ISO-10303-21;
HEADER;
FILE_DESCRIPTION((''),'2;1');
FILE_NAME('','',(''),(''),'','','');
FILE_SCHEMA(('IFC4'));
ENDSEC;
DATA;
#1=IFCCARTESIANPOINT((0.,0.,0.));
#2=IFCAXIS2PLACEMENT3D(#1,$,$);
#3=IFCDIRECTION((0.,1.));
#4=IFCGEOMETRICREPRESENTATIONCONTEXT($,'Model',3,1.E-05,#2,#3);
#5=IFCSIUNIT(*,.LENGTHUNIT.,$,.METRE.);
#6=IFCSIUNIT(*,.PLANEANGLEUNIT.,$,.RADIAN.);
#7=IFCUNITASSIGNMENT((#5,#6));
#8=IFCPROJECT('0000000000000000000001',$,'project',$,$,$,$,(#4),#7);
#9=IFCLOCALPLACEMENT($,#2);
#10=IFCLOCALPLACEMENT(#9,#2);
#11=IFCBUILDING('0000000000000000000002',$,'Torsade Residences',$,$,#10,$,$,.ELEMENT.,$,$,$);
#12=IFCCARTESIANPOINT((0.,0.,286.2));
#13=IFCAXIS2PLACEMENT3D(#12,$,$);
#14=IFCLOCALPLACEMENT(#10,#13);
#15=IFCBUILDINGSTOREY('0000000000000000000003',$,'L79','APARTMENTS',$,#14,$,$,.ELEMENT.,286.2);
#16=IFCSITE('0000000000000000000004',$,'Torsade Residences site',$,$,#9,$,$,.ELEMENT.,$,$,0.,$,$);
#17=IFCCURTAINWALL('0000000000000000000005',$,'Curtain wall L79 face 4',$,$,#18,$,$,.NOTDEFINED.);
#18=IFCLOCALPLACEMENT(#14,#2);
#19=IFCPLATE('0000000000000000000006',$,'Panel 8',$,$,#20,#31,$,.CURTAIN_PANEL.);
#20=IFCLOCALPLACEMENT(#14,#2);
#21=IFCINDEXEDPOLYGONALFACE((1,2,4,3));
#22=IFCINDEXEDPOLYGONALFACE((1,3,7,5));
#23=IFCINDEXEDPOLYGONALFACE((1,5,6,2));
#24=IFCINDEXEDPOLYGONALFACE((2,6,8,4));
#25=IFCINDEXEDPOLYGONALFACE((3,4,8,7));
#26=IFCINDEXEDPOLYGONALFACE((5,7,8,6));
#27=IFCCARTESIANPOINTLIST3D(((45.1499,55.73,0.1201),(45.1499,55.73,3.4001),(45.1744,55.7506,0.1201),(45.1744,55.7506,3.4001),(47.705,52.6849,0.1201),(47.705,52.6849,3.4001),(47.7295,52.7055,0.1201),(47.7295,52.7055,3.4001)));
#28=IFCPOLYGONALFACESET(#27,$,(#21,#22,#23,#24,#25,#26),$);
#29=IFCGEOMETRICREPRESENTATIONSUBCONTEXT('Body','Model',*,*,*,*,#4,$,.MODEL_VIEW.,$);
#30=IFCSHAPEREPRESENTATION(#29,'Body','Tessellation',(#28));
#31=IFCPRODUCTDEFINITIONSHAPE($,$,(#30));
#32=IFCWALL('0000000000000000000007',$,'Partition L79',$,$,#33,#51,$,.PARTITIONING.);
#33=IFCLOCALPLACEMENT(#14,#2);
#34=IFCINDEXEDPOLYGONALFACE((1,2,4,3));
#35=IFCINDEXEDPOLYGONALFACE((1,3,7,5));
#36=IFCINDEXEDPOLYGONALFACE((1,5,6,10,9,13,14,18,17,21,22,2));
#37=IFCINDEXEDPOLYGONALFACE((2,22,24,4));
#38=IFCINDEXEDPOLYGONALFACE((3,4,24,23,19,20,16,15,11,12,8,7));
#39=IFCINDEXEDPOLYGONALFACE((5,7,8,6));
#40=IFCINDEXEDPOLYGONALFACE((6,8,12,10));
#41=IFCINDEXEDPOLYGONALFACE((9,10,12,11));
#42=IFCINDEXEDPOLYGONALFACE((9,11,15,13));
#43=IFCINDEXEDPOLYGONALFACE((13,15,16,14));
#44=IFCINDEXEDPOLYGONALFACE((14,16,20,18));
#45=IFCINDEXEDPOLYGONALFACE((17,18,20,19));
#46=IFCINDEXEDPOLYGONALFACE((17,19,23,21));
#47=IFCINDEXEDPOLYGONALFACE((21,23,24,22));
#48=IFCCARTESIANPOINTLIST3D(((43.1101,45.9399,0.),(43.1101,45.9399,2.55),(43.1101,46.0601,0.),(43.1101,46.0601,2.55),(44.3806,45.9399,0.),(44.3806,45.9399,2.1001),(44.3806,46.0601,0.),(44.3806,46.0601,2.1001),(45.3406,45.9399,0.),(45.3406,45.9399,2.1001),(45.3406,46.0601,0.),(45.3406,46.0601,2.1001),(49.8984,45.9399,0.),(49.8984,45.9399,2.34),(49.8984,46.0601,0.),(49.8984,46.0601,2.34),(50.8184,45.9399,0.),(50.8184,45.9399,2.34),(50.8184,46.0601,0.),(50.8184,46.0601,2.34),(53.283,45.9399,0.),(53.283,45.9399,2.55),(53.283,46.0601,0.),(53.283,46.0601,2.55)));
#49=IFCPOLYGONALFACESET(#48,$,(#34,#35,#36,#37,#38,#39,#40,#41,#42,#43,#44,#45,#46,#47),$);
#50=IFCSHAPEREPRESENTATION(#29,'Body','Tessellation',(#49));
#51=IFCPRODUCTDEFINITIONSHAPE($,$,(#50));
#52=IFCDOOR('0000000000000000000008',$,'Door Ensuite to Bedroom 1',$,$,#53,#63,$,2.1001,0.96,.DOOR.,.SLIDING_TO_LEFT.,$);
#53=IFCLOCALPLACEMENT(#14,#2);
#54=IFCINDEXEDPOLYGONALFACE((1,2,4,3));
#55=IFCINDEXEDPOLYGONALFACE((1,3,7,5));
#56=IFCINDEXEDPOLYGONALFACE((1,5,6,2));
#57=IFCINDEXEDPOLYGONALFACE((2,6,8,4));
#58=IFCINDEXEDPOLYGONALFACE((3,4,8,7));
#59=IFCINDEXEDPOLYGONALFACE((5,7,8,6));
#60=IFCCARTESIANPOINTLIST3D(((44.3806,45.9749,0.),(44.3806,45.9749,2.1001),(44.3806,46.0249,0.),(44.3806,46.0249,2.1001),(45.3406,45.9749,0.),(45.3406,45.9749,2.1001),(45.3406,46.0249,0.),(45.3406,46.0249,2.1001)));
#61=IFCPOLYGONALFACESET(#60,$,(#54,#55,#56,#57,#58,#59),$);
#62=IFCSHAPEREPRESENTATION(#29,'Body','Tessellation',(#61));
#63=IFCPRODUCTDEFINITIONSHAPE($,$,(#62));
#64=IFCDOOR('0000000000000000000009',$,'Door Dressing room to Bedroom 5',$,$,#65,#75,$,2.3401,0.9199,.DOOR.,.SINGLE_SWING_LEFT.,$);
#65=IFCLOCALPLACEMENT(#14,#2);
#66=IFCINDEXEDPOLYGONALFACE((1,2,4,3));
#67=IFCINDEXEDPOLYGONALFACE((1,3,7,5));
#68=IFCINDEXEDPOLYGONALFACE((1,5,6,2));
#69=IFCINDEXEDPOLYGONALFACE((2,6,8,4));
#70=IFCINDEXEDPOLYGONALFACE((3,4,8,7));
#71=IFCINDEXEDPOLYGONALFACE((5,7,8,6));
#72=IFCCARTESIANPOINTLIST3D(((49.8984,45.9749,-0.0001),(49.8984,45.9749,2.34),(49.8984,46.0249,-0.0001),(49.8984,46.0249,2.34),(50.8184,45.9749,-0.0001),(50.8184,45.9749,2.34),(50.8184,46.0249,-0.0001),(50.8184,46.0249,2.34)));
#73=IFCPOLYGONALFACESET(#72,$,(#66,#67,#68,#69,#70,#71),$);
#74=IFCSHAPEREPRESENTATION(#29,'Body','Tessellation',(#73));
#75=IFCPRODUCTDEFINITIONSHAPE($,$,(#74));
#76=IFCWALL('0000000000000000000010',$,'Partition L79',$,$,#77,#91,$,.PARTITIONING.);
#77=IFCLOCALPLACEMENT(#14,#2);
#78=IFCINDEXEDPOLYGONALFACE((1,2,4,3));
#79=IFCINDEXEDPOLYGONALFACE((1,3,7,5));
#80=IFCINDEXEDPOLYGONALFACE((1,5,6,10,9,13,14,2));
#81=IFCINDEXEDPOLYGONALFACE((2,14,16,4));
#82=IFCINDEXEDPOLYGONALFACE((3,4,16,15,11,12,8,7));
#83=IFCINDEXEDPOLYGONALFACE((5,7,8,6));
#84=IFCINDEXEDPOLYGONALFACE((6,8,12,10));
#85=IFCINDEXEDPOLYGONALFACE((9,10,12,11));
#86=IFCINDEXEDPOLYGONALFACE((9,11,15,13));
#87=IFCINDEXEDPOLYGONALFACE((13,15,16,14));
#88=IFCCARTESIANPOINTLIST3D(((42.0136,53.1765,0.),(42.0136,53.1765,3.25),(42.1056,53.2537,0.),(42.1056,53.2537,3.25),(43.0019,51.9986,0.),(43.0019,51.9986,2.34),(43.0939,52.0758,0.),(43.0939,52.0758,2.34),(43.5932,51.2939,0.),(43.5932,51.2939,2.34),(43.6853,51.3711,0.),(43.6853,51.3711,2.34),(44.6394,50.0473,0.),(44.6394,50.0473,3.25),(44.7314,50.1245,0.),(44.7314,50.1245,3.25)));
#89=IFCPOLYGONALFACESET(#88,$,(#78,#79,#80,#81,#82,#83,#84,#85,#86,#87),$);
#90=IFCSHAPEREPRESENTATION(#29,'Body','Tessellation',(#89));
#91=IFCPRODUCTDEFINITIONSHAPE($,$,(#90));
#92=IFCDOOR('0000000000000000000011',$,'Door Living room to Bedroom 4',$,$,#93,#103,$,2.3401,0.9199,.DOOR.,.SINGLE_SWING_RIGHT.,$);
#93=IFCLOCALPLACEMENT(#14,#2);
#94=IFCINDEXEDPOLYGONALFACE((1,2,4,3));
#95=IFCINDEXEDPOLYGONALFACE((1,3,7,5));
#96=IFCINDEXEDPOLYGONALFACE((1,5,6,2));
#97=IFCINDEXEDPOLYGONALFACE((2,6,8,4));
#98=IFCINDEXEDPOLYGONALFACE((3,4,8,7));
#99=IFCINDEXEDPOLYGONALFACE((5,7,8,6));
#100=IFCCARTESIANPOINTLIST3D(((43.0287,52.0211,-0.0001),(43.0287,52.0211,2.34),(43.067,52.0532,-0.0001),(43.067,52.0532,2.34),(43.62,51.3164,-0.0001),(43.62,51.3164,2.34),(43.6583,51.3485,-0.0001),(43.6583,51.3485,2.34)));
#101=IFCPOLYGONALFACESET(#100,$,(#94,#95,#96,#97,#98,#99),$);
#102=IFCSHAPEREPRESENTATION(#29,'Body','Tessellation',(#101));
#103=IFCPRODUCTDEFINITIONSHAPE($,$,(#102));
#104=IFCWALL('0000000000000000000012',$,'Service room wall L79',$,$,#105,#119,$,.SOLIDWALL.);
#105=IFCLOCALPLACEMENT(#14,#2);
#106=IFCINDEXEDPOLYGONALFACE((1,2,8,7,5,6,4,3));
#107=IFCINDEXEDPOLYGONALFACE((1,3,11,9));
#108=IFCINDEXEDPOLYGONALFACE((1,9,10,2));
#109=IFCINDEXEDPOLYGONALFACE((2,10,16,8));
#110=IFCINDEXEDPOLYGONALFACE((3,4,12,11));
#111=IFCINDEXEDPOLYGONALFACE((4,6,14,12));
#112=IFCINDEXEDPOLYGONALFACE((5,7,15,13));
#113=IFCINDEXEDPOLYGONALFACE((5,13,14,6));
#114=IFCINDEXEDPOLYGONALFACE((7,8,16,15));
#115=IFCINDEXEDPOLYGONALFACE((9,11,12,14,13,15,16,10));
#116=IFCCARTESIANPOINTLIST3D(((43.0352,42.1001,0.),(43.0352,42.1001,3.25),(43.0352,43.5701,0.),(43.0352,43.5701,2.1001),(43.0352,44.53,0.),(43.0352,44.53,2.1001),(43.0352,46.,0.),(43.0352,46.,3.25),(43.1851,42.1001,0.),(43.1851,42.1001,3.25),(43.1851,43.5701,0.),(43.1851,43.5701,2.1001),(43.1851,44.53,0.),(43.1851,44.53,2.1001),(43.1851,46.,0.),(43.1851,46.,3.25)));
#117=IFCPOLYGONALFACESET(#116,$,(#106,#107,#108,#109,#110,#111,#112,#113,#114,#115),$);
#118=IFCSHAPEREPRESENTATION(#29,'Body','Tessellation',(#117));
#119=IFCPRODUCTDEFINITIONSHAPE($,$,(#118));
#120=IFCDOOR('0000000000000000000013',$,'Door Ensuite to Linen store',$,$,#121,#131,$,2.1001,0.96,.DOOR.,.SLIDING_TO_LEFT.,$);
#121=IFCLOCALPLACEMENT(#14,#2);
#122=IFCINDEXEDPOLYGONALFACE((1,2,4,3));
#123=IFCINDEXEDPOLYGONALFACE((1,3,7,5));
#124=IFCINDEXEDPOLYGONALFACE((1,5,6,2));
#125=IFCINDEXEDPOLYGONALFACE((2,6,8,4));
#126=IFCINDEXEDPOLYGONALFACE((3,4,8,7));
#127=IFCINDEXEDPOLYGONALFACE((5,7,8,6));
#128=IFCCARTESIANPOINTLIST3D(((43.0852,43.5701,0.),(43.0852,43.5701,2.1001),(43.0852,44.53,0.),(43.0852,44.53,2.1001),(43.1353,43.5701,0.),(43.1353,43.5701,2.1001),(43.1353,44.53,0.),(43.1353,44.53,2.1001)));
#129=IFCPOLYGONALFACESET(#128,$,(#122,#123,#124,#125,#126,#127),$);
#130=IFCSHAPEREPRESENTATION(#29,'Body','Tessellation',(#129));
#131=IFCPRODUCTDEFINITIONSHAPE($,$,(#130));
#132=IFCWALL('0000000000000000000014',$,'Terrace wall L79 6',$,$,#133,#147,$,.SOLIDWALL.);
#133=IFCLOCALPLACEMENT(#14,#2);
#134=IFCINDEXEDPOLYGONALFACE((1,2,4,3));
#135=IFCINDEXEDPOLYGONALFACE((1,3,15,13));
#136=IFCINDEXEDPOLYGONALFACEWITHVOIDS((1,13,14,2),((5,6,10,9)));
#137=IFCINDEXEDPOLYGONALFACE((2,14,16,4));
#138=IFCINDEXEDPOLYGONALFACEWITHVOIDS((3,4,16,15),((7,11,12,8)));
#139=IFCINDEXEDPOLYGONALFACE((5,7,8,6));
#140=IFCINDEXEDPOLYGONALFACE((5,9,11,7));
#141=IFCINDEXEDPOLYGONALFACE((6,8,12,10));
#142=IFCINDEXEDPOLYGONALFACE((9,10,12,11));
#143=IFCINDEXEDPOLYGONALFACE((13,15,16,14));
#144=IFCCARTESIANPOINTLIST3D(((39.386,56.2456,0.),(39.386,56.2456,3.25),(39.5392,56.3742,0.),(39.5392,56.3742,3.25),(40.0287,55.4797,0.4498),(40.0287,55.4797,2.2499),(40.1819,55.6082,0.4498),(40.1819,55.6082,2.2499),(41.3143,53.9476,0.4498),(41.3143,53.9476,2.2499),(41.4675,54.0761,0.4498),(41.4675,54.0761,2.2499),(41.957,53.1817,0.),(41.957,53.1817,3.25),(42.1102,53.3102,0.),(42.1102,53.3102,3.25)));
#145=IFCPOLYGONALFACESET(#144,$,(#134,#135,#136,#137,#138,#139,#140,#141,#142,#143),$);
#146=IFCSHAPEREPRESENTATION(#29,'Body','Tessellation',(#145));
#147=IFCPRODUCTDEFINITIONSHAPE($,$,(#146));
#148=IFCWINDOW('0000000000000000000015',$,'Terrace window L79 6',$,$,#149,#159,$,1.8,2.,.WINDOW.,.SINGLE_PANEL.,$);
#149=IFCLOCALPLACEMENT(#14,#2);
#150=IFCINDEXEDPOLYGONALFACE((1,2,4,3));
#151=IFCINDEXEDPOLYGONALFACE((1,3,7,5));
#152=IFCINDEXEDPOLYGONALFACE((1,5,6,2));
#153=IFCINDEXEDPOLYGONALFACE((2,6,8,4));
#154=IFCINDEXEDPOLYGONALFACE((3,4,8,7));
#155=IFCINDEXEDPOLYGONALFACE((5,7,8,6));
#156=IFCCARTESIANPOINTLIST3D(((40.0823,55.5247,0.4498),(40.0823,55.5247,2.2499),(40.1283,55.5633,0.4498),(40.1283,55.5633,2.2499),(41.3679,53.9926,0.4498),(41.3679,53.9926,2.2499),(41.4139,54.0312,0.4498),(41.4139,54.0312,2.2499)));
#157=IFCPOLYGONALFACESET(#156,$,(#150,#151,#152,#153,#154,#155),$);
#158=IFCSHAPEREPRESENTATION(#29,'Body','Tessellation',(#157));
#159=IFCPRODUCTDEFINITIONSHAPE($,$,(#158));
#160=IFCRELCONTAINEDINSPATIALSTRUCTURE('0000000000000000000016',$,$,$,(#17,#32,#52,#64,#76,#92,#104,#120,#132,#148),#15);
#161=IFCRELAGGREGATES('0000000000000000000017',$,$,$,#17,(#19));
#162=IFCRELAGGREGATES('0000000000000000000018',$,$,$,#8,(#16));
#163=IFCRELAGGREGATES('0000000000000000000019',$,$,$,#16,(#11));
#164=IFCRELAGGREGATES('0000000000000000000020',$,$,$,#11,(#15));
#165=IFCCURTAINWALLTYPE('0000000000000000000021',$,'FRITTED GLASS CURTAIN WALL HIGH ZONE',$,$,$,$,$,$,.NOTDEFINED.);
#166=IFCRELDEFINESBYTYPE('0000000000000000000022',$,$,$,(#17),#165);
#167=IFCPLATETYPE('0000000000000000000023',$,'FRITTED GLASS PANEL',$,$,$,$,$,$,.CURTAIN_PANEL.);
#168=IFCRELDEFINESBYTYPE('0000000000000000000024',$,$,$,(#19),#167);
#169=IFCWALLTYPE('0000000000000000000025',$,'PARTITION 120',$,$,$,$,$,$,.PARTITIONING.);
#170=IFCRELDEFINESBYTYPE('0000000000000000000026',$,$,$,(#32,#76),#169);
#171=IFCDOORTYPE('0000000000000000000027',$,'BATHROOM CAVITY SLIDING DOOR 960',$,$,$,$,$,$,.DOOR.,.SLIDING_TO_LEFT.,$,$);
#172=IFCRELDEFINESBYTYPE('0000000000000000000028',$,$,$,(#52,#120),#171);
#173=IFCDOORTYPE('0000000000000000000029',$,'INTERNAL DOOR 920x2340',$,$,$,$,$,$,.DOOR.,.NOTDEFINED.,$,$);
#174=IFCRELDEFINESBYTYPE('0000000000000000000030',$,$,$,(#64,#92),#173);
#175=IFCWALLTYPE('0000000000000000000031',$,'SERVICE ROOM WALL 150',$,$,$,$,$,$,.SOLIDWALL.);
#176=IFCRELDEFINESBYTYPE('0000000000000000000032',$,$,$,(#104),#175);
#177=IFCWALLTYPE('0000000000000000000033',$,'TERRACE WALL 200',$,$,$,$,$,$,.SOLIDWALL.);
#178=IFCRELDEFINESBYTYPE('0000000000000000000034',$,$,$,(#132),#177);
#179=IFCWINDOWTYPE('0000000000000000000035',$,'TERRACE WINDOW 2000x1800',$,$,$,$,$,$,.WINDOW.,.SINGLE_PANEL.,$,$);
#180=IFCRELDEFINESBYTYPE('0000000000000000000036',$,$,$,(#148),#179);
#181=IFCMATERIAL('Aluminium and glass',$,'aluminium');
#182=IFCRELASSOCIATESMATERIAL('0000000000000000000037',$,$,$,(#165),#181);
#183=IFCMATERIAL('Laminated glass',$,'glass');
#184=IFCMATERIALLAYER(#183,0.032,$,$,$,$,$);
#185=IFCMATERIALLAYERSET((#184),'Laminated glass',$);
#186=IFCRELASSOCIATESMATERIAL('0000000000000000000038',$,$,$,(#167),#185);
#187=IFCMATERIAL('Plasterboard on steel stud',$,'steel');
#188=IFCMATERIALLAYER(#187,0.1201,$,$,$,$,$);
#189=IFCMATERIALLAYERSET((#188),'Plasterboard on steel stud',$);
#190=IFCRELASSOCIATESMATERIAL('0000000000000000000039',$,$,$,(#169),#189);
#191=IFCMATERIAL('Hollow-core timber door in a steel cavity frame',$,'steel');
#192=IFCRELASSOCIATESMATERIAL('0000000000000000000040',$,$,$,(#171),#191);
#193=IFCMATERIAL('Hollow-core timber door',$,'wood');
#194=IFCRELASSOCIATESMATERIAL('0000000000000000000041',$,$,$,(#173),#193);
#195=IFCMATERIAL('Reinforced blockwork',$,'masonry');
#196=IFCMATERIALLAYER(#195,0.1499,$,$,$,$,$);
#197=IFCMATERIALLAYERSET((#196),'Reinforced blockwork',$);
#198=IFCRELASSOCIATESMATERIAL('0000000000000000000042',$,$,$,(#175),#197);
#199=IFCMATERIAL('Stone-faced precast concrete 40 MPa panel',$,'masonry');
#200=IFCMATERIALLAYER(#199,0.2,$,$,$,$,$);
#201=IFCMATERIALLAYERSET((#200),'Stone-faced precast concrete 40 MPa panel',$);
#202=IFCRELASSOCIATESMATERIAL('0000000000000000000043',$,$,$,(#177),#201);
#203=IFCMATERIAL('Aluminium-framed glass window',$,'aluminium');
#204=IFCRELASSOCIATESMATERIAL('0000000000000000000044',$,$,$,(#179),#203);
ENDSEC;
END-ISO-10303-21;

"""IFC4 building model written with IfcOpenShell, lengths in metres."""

from ifc_helpers import new_model, si_unit, direction, frame, frame_2d, origin, origin_2d, place, context, subcontext, project, spatial, rectangle, extrude, material, layer, layer_set, type_object, element, fill, aggregate, save


model = new_model("IFC4")

# Units and contexts
model_context = context("Model", 3, precision=1e-05, world=origin(), true_north=direction((0.0, 1.0)))
body_context = subcontext(model_context, "Body", "Model", "MODEL_VIEW")
ifc_project = project(units=[si_unit("LENGTHUNIT", "METRE"), si_unit("PLANEANGLEUNIT", "RADIAN")], contexts=[model_context])

# Site, building, storey
site_placement = place(None, origin())
site = spatial("IfcSite", under=ifc_project, at=site_placement, Name="Torsade Residences site", CompositionType="ELEMENT", RefElevation=0.0)
building_placement = place(site_placement, origin())
building = spatial("IfcBuilding", under=site, at=building_placement, Name="Torsade Residences", CompositionType="ELEMENT")
storey_placement = place(building_placement, frame((0.0, 0.0, 286.2)))
storey = spatial("IfcBuildingStorey", under=building, at=storey_placement, Name="L79", Description="APARTMENTS", CompositionType="ELEMENT", Elevation=286.2)

# Curtain wall
ifc_material_1 = material(Name="Aluminium and glass", Category="aluminium")
curtain_wall_type = type_object("IfcCurtainWallType", Name="FRITTED GLASS CURTAIN WALL HIGH ZONE", PredefinedType="NOTDEFINED", material=ifc_material_1)
curtain_wall_1_placement = place(storey_placement, origin())
curtain_wall_1 = element("IfcCurtainWall", 1, at=curtain_wall_1_placement, inside=storey, type_object=curtain_wall_type, Name="Curtain wall L79 face 4", PredefinedType="NOTDEFINED")

# Plate
ifc_material_2 = material(Name="Laminated glass", Category="glass")
ifc_layer_1 = layer(ifc_material_2, 0.032)
ifc_layer_set_1 = layer_set([ifc_layer_1], Name="Laminated glass")
plate_type = type_object("IfcPlateType", Name="FRITTED GLASS PANEL", PredefinedType="CURTAIN_PANEL", material=ifc_layer_set_1)
plate_placement = place(storey_placement, frame((46.4397, 54.2178, 0.1201), z_axis=(0.0, 0.0, 1.0), x_axis=(-0.642788, 0.766044, 0.0)))
plate = element("IfcPlate", 2, at=plate_placement, type_object=plate_type, Name="Panel 8", PredefinedType="CURTAIN_PANEL", context=body_context, shape_type="SweptSolid", body=[
    extrude(rectangle(XDim=3.9751, YDim=0.032, at=origin_2d()), origin(), (0.0, 0.0, 1.0), 3.28),
])
aggregate(curtain_wall_1, [plate])

# Wall, openings, doors
ifc_material_3 = material(Name="Plasterboard on steel stud", Category="steel")
ifc_layer_2 = layer(ifc_material_3, 0.1201)
ifc_layer_set_2 = layer_set([ifc_layer_2], Name="Plasterboard on steel stud")
wall_type_1 = type_object("IfcWallType", Name="PARTITION 120", PredefinedType="PARTITIONING", material=ifc_layer_set_2)
wall_1_placement = place(storey_placement, frame((43.1101, 46.0, 0.0), z_axis=(0.0, 0.0, 1.0), x_axis=(1.0, 0.0, 0.0)))
wall_1 = element("IfcWall", 3, at=wall_1_placement, inside=storey, type_object=wall_type_1, Name="Partition L79", PredefinedType="PARTITIONING", context=body_context, shape_type="SweptSolid", body=[
    extrude(rectangle(XDim=10.1729, YDim=0.1201, at=frame_2d((5.0864, 0.0))), origin(), (0.0, 0.0, 1.0), 2.55),
])
opening_1_placement = place(wall_1_placement, frame((6.7883, 0.0, 0.0)))
opening_1 = element("IfcOpeningElement", 4, at=opening_1_placement, cuts=wall_1, PredefinedType="OPENING", context=body_context, shape_type="SweptSolid", body=[
    extrude(rectangle(XDim=0.9199, YDim=2.3401, at=frame_2d((0.46, 1.1699))), frame((0.0, 0.0701, 0.0), z_axis=(0.0, -1.0, 0.0), x_axis=(1.0, 0.0, 0.0)), (0.0, 0.0, 1.0), 0.1401),
])
opening_2_placement = place(wall_1_placement, frame((1.2705, 0.0, 0.0)))
opening_2 = element("IfcOpeningElement", 5, at=opening_2_placement, cuts=wall_1, PredefinedType="OPENING", context=body_context, shape_type="SweptSolid", body=[
    extrude(rectangle(XDim=0.96, YDim=2.1001, at=frame_2d((0.48, 1.05))), frame((0.0, 0.0701, 0.0), z_axis=(0.0, -1.0, 0.0), x_axis=(1.0, 0.0, 0.0)), (0.0, 0.0, 1.0), 0.1401),
])
ifc_material_4 = material(Name="Hollow-core timber door in a steel cavity frame", Category="steel")
door_type_1 = type_object("IfcDoorType", Name="BATHROOM CAVITY SLIDING DOOR 960", OperationType="SLIDING_TO_LEFT", PredefinedType="DOOR", material=ifc_material_4)
door_1_placement = place(opening_2_placement, origin())
door_1 = element("IfcDoor", 6, at=door_1_placement, inside=storey, type_object=door_type_1, Name="Door Ensuite to Bedroom 1", OperationType="SLIDING_TO_LEFT", OverallHeight=2.1001, OverallWidth=0.96, PredefinedType="DOOR", context=body_context, shape_type="SweptSolid", body=[
    extrude(rectangle(XDim=0.96, YDim=2.1001, at=frame_2d((0.48, 1.05))), frame((0.0, 0.0249, 0.0), z_axis=(0.0, -1.0, 0.0), x_axis=(1.0, 0.0, 0.0)), (0.0, 0.0, 1.0), 0.05),
])
fill(opening_2, door_1)
ifc_material_5 = material(Name="Hollow-core timber door", Category="wood")
door_type_2 = type_object("IfcDoorType", Name="INTERNAL DOOR 920x2340", OperationType="NOTDEFINED", PredefinedType="DOOR", material=ifc_material_5)
door_2_placement = place(opening_1_placement, origin())
door_2 = element("IfcDoor", 7, at=door_2_placement, inside=storey, type_object=door_type_2, Name="Door Dressing room to Bedroom 5", OperationType="SINGLE_SWING_LEFT", OverallHeight=2.3401, OverallWidth=0.9199, PredefinedType="DOOR", context=body_context, shape_type="SweptSolid", body=[
    extrude(rectangle(XDim=0.9199, YDim=2.3401, at=frame_2d((0.46, 1.1699))), frame((0.0, 0.0249, 0.0), z_axis=(0.0, -1.0, 0.0), x_axis=(1.0, 0.0, 0.0)), (0.0, 0.0, 1.0), 0.05),
])
fill(opening_1, door_2)

# Walls, openings, doors
wall_2_placement = place(storey_placement, frame((42.0596, 53.2151, 0.0), z_axis=(0.0, 0.0, 1.0), x_axis=(0.642797, -0.766037, 0.0)))
wall_2 = element("IfcWall", 8, at=wall_2_placement, inside=storey, type_object=wall_type_1, Name="Partition L79", PredefinedType="PARTITIONING", context=body_context, shape_type="SweptSolid", body=[
    extrude(rectangle(XDim=4.085, YDim=0.1201, at=frame_2d((2.0425, 0.0))), origin(), (0.0, 0.0, 1.0), 3.25),
])
opening_3_placement = place(wall_2_placement, frame((1.5376, 0.0, 0.0)))
opening_3 = element("IfcOpeningElement", 9, at=opening_3_placement, cuts=wall_2, PredefinedType="OPENING", context=body_context, shape_type="SweptSolid", body=[
    extrude(rectangle(XDim=0.9199, YDim=2.3401, at=frame_2d((0.46, 1.1699))), frame((0.0, 0.0701, 0.0), z_axis=(0.0, -1.0, 0.0), x_axis=(1.0, 0.0, 0.0)), (0.0, 0.0, 1.0), 0.1401),
])
door_3_placement = place(opening_3_placement, origin())
door_3 = element("IfcDoor", 10, at=door_3_placement, inside=storey, type_object=door_type_2, Name="Door Living room to Bedroom 4", OperationType="SINGLE_SWING_RIGHT", OverallHeight=2.3401, OverallWidth=0.9199, PredefinedType="DOOR", context=body_context, shape_type="SweptSolid", body=[
    extrude(rectangle(XDim=0.9199, YDim=2.3401, at=frame_2d((0.46, 1.1699))), frame((0.0, 0.0249, 0.0), z_axis=(0.0, -1.0, 0.0), x_axis=(1.0, 0.0, 0.0)), (0.0, 0.0, 1.0), 0.05),
])
fill(opening_3, door_3)
ifc_material_6 = material(Name="Reinforced blockwork", Category="masonry")
ifc_layer_3 = layer(ifc_material_6, 0.1499)
ifc_layer_set_3 = layer_set([ifc_layer_3], Name="Reinforced blockwork")
wall_type_2 = type_object("IfcWallType", Name="SERVICE ROOM WALL 150", PredefinedType="SOLIDWALL", material=ifc_layer_set_3)
wall_3_placement = place(storey_placement, frame((43.1101, 42.1001, 0.0), z_axis=(0.0, 0.0, 1.0), x_axis=(0.0, 1.0, 0.0)))
wall_3 = element("IfcWall", 11, at=wall_3_placement, inside=storey, type_object=wall_type_2, Name="Service room wall L79", PredefinedType="SOLIDWALL", context=body_context, shape_type="SweptSolid", body=[
    extrude(rectangle(XDim=3.8999, YDim=0.1499, at=frame_2d((1.95, 0.0))), origin(), (0.0, 0.0, 1.0), 3.25),
])
opening_4_placement = place(wall_3_placement, frame((1.47, 0.0, 0.0)))
opening_4 = element("IfcOpeningElement", 12, at=opening_4_placement, cuts=wall_3, PredefinedType="OPENING", context=body_context, shape_type="SweptSolid", body=[
    extrude(rectangle(XDim=0.96, YDim=2.1001, at=frame_2d((0.48, 1.05))), frame((0.0, 0.085, 0.0), z_axis=(0.0, -1.0, 0.0), x_axis=(1.0, 0.0, 0.0)), (0.0, 0.0, 1.0), 0.1699),
])
door_4_placement = place(opening_4_placement, origin())
door_4 = element("IfcDoor", 13, at=door_4_placement, inside=storey, type_object=door_type_1, Name="Door Ensuite to Linen store", OperationType="SLIDING_TO_LEFT", OverallHeight=2.1001, OverallWidth=0.96, PredefinedType="DOOR", context=body_context, shape_type="SweptSolid", body=[
    extrude(rectangle(XDim=0.96, YDim=2.1001, at=frame_2d((0.48, 1.05))), frame((0.0, 0.0249, 0.0), z_axis=(0.0, -1.0, 0.0), x_axis=(1.0, 0.0, 0.0)), (0.0, 0.0, 1.0), 0.05),
])
fill(opening_4, door_4)
ifc_material_7 = material(Name="Stone-faced precast concrete 40 MPa panel", Category="masonry")
ifc_layer_4 = layer(ifc_material_7, 0.2)
ifc_layer_set_4 = layer_set([ifc_layer_4], Name="Stone-faced precast concrete 40 MPa panel")
wall_type_3 = type_object("IfcWallType", Name="TERRACE WALL 200", PredefinedType="SOLIDWALL", material=ifc_layer_set_4)

# Wall, opening, window
wall_4_placement = place(storey_placement, frame((42.0337, 53.2458, 0.0), z_axis=(0.0, 0.0, 1.0), x_axis=(-0.642798, 0.766035, 0.0)))
wall_4 = element("IfcWall", 14, at=wall_4_placement, inside=storey, type_object=wall_type_3, Name="Terrace wall L79 6", PredefinedType="SOLIDWALL", context=body_context, shape_type="SweptSolid", body=[
    extrude(rectangle(XDim=3.9998, YDim=0.2, at=frame_2d((2.0, 0.0))), origin(), (0.0, 0.0, 1.0), 3.25),
])
opening_5_placement = place(wall_4_placement, frame((1.0, 0.0, 0.45)))
opening_5 = element("IfcOpeningElement", 15, at=opening_5_placement, cuts=wall_4, PredefinedType="OPENING", context=body_context, shape_type="SweptSolid", body=[
    extrude(rectangle(XDim=2.0, YDim=1.8, at=frame_2d((1.0, 0.8999))), frame((0.0, 0.1099, 0.0), z_axis=(0.0, -1.0, 0.0), x_axis=(1.0, 0.0, 0.0)), (0.0, 0.0, 1.0), 0.22),
])
ifc_material_8 = material(Name="Aluminium-framed glass window", Category="aluminium")
window_type = type_object("IfcWindowType", Name="TERRACE WINDOW 2000x1800", PartitioningType="SINGLE_PANEL", PredefinedType="WINDOW", material=ifc_material_8)
window_placement = place(opening_5_placement, origin())
window = element("IfcWindow", 16, at=window_placement, inside=storey, type_object=window_type, Name="Terrace window L79 6", OverallHeight=1.8, OverallWidth=2.0, PartitioningType="SINGLE_PANEL", PredefinedType="WINDOW", context=body_context, shape_type="SweptSolid", body=[
    extrude(rectangle(XDim=2.0, YDim=1.8, at=frame_2d((1.0, 0.8999))), frame((0.0, 0.03, 0.0), z_axis=(0.0, -1.0, 0.0), x_axis=(1.0, 0.0, 0.0)), (0.0, 0.0, 1.0), 0.0601),
])
fill(opening_5, window)

save(model, "model.ifc")
